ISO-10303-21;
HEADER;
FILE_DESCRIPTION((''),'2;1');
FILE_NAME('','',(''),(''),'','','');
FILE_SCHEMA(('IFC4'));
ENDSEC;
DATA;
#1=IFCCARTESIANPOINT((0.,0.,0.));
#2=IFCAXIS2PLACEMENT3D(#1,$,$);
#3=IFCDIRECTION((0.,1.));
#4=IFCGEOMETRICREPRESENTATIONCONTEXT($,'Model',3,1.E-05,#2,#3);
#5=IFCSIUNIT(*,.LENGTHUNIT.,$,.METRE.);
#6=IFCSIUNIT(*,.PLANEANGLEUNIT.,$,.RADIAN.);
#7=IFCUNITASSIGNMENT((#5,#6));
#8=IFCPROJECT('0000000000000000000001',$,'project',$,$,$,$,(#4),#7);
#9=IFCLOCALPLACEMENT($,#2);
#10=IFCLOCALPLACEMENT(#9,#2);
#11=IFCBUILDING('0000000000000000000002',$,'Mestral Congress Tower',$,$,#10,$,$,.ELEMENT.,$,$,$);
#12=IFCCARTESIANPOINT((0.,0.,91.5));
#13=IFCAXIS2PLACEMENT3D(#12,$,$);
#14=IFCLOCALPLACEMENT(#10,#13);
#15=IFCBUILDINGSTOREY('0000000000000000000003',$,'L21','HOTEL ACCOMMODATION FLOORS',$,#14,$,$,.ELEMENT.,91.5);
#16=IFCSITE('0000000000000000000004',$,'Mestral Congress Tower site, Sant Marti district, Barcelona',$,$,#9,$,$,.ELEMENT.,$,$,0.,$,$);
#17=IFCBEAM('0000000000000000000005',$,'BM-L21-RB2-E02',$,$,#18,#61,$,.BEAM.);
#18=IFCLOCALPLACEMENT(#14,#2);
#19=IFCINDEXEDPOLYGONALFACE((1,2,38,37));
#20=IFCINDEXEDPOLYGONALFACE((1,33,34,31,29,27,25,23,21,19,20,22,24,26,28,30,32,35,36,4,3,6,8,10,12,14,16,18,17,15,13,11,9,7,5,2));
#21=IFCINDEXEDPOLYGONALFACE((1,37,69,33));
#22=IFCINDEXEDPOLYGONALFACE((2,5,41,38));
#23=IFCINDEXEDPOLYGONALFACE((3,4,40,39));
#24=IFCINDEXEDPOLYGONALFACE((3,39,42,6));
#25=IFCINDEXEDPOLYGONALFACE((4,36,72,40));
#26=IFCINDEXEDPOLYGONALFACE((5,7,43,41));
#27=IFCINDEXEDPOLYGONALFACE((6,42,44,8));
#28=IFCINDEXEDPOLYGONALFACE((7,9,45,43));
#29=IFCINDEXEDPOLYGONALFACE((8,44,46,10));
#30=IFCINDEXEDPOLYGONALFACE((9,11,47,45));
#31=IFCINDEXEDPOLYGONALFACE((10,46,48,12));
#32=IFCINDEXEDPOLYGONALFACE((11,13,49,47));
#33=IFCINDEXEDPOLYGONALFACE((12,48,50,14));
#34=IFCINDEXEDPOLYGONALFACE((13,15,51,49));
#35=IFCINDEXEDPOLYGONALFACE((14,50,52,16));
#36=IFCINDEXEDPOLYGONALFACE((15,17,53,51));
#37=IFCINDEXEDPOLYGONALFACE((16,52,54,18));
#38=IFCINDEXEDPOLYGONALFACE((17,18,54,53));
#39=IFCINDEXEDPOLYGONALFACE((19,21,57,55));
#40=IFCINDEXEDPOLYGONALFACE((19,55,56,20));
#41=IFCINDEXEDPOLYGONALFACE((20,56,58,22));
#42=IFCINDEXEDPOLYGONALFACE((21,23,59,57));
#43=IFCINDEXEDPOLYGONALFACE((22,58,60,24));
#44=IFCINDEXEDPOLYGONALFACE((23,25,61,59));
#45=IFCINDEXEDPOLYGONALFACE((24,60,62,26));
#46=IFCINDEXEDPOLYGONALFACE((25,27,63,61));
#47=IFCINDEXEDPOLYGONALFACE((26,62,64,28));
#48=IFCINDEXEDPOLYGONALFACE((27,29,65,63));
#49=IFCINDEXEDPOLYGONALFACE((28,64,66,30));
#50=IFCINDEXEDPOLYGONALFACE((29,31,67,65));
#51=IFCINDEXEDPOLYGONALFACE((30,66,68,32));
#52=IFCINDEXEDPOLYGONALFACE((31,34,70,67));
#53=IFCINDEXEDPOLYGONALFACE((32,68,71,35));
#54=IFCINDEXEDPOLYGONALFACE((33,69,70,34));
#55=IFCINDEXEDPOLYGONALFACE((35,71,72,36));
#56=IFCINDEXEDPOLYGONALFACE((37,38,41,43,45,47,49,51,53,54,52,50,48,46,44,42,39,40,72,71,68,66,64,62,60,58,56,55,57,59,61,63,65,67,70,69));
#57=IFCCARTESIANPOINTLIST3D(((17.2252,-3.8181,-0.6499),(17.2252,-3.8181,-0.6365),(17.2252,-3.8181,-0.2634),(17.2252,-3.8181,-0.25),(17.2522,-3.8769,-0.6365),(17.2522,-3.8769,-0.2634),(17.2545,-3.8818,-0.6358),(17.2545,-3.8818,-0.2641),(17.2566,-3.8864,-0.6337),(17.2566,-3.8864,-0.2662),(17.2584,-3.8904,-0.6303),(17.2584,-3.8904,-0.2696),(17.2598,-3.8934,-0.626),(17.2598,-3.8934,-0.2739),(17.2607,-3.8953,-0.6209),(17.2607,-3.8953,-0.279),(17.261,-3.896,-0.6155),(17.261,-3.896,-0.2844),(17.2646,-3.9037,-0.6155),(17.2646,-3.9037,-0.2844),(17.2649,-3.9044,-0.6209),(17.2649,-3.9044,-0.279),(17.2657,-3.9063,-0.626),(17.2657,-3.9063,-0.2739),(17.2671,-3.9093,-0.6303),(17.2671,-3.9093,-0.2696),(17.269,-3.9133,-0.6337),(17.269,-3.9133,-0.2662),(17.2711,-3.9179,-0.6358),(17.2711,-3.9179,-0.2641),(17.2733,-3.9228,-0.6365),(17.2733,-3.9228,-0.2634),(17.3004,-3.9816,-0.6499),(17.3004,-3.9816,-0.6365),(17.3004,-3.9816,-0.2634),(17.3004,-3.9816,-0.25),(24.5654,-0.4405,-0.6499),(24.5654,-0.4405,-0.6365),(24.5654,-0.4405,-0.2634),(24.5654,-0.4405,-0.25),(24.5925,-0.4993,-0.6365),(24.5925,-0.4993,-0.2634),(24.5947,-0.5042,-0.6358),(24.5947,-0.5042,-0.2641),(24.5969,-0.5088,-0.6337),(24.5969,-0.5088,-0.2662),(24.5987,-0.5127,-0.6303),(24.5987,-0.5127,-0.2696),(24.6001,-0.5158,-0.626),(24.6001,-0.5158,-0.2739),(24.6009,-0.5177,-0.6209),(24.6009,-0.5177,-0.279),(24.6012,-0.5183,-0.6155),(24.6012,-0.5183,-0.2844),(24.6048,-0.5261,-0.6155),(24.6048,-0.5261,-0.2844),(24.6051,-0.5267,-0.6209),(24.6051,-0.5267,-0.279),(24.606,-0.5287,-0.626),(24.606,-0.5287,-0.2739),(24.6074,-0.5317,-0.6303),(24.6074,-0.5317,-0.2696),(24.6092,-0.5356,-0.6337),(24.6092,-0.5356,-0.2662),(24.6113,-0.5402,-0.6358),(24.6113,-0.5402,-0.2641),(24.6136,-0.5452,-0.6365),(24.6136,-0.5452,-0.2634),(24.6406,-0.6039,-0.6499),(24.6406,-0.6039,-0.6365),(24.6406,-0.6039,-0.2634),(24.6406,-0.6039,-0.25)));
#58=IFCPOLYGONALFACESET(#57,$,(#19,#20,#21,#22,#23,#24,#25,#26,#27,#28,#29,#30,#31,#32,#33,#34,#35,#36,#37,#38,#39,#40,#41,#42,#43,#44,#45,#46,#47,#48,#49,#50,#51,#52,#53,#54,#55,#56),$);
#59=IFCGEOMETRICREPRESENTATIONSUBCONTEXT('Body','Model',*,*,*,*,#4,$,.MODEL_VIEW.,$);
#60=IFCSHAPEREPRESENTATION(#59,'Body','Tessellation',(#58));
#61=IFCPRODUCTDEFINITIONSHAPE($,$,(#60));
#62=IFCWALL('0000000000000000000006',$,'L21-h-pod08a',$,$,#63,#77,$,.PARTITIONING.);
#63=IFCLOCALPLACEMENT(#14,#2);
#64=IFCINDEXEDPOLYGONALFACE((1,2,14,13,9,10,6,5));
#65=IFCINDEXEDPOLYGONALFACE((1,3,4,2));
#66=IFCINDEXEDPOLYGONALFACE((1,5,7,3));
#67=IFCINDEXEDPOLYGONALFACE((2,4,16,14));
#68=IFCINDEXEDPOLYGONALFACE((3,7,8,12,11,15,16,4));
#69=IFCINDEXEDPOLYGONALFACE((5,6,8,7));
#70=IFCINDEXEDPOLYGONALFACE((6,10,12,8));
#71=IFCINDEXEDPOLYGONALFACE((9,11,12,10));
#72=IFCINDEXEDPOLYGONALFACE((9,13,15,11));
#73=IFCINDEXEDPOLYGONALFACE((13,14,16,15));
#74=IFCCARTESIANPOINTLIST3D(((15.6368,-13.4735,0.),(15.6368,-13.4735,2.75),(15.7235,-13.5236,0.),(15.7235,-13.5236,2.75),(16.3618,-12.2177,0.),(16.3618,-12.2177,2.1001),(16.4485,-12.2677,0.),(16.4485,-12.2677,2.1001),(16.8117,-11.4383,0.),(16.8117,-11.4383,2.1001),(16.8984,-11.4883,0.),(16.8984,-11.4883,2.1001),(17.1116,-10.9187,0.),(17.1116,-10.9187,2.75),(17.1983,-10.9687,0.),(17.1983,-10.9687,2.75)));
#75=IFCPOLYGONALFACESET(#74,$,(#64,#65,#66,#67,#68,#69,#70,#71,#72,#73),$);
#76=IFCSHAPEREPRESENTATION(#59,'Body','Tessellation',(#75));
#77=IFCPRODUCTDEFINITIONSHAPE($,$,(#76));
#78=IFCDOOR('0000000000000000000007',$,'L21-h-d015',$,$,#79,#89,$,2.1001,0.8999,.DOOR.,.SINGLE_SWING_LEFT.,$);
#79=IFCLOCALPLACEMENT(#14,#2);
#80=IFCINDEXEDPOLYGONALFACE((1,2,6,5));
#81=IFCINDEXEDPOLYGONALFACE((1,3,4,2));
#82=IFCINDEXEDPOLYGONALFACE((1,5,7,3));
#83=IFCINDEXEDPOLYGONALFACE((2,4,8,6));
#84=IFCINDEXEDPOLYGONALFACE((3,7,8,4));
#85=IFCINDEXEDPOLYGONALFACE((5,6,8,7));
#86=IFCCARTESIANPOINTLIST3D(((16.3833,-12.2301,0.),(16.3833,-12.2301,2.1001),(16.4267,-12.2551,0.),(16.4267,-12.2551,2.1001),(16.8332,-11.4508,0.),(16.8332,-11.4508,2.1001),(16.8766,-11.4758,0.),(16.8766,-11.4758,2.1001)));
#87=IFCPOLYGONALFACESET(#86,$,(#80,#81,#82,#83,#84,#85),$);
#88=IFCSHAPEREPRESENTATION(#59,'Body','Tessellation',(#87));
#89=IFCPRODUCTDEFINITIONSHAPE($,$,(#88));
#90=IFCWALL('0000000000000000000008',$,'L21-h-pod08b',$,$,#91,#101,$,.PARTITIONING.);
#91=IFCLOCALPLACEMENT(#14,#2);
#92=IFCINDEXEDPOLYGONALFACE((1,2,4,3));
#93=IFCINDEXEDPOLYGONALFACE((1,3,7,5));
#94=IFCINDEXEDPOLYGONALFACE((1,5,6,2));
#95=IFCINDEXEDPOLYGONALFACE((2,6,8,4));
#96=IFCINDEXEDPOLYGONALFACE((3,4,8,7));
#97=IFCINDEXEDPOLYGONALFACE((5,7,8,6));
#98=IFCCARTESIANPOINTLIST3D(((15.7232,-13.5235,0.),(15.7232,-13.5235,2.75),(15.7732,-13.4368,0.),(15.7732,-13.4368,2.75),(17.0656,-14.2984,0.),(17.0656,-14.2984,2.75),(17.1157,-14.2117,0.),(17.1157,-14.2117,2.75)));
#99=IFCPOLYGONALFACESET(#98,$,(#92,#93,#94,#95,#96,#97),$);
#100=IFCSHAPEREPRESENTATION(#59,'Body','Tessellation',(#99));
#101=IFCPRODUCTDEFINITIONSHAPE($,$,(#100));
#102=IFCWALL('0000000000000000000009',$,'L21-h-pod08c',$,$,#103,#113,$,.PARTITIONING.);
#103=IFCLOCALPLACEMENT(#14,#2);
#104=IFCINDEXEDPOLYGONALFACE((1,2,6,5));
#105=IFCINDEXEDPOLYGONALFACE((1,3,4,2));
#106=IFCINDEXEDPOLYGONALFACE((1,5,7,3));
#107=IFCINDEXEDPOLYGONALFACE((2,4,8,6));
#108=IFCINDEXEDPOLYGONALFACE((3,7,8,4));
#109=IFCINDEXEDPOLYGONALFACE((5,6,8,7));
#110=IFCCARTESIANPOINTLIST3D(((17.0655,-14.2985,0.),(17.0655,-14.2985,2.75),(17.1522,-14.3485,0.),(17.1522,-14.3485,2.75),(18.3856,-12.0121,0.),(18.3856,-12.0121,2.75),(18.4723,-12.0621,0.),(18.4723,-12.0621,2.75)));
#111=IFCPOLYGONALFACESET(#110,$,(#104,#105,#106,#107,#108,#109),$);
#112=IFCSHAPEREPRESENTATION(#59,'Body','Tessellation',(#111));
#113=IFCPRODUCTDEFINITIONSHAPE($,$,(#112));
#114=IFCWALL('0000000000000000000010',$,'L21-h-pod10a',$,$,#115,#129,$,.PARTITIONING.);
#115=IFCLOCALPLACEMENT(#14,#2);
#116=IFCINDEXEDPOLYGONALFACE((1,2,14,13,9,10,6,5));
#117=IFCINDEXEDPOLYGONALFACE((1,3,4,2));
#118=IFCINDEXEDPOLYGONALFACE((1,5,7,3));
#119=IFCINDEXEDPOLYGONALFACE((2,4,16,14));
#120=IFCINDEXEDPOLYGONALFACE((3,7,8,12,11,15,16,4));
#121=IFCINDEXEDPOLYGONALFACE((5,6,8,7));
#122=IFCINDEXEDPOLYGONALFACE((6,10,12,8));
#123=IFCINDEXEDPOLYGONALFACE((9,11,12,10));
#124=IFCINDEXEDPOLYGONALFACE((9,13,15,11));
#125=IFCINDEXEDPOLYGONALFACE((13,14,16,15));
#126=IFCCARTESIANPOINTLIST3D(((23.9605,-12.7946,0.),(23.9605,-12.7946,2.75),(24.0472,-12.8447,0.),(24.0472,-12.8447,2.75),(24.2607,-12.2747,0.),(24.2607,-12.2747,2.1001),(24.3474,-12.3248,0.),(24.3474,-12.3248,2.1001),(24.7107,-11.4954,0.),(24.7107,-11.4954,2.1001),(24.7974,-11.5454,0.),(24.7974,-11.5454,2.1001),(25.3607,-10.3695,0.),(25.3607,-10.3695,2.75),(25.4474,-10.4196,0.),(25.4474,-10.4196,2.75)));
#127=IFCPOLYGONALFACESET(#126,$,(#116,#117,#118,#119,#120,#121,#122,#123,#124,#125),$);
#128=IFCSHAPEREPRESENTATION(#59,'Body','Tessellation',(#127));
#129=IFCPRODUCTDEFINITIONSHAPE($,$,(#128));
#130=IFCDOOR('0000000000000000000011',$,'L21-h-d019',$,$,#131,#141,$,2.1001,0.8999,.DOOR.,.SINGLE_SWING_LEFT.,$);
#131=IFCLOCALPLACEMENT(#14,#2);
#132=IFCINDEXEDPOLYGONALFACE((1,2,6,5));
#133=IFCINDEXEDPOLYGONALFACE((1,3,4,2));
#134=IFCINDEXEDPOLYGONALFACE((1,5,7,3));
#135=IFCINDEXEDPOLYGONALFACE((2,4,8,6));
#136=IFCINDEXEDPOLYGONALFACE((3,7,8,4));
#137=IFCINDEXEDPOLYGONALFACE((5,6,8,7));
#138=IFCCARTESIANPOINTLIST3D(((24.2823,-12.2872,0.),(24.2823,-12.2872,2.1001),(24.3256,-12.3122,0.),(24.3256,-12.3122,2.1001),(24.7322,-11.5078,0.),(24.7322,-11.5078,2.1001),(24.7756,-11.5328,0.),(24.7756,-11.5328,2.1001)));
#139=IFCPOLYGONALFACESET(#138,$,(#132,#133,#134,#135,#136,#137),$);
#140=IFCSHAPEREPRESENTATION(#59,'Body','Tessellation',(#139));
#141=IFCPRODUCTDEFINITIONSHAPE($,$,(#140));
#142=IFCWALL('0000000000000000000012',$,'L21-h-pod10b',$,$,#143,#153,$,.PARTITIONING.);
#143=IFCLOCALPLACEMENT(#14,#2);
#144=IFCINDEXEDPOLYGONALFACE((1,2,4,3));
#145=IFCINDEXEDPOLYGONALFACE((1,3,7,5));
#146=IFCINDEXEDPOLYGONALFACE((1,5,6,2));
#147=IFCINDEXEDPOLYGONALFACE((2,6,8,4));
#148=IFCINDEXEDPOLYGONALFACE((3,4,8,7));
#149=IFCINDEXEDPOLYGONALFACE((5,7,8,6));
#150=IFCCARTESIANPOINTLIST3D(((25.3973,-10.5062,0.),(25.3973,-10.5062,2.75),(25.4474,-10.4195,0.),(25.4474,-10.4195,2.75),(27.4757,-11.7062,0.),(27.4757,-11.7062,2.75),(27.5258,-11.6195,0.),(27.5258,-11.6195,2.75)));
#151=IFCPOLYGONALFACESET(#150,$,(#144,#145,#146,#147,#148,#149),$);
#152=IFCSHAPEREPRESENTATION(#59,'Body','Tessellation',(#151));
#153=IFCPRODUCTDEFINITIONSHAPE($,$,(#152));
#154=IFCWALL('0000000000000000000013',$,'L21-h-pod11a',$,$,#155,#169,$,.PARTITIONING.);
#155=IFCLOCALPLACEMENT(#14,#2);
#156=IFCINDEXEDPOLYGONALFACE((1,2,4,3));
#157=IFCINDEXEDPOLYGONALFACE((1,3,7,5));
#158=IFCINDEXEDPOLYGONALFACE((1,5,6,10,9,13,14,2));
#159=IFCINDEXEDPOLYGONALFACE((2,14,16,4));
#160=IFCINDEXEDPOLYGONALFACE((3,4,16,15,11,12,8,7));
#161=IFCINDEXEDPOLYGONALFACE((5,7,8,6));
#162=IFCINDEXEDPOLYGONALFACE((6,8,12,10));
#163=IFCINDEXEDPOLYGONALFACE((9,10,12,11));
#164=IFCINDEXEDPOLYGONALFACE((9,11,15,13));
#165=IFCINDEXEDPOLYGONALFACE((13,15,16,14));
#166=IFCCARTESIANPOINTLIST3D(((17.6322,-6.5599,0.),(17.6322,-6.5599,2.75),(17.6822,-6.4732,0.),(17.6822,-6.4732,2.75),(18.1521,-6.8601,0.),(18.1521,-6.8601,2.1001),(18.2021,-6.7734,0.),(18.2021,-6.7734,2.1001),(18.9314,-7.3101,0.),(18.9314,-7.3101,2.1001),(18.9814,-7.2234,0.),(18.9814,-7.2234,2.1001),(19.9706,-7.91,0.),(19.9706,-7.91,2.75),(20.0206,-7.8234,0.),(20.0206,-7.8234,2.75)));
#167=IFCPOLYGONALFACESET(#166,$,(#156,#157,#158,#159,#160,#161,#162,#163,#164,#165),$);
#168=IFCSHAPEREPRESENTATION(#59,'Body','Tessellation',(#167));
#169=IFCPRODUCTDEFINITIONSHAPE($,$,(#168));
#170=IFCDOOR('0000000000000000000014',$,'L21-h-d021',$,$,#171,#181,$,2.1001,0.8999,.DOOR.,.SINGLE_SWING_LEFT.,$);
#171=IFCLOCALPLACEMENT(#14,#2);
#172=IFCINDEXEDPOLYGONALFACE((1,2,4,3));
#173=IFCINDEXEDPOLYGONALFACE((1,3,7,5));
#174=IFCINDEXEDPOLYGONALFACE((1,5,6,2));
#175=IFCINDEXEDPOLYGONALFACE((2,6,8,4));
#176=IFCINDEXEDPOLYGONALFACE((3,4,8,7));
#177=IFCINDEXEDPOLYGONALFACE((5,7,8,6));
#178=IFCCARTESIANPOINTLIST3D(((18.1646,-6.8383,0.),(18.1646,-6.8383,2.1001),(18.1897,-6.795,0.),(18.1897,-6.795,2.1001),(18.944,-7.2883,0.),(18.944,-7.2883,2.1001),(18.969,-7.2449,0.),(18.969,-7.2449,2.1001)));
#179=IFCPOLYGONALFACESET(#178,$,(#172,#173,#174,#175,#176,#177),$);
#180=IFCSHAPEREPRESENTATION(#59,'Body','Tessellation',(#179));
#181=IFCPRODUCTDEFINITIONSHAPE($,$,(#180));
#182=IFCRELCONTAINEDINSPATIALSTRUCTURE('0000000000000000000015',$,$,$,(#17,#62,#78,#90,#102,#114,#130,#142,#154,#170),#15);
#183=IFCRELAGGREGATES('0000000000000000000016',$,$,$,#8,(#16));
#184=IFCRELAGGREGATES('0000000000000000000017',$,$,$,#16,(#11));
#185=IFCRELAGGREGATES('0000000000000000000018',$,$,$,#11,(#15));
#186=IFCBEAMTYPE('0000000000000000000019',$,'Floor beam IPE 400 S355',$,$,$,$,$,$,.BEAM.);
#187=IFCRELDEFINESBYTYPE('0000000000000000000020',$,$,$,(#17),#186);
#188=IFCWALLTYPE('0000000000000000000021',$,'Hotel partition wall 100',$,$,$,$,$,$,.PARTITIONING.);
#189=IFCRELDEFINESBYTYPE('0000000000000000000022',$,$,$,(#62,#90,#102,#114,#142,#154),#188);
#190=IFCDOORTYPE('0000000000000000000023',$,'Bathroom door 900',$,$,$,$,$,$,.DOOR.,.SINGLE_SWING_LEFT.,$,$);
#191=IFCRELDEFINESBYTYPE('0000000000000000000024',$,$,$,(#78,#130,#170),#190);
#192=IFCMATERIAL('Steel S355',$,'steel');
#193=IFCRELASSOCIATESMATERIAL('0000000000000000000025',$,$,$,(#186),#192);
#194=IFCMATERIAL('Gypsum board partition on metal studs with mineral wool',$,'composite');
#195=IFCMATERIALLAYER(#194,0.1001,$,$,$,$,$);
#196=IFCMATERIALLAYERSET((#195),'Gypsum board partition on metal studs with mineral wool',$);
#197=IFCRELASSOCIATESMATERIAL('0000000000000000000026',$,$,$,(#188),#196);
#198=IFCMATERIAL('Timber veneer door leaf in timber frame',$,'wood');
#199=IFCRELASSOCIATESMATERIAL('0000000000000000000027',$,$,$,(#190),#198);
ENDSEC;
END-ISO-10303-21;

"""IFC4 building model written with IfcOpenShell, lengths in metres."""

from ifc_helpers import new_model, si_unit, direction, frame, frame_2d, origin, origin_2d, place, context, subcontext, project, spatial, rectangle, i_section, extrude, material, layer, layer_set, material_profile, profile_set, type_object, element, fill, save


model = new_model("IFC4")

# Units and contexts
model_context = context("Model", 3, precision=1e-05, world=origin(), true_north=direction((0.0, 1.0)))
body_context = subcontext(model_context, "Body", "Model", "MODEL_VIEW")
ifc_project = project(units=[si_unit("LENGTHUNIT", "METRE"), si_unit("PLANEANGLEUNIT", "RADIAN")], contexts=[model_context])

# Site, building, storey
site_placement = place(None, origin())
site = spatial("IfcSite", under=ifc_project, at=site_placement, Name="Mestral Congress Tower site, Sant Marti district, Barcelona", CompositionType="ELEMENT", RefElevation=0.0)
building_placement = place(site_placement, origin())
building = spatial("IfcBuilding", under=site, at=building_placement, Name="Mestral Congress Tower", CompositionType="ELEMENT")
storey_placement = place(building_placement, frame((0.0, 0.0, 91.5)))
storey = spatial("IfcBuildingStorey", under=building, at=storey_placement, Name="L21", Description="HOTEL ACCOMMODATION FLOORS", CompositionType="ELEMENT", Elevation=91.5)

# Beam
ifc_material_1 = material(Name="Steel S355", Category="steel")
ifc_material_profile = material_profile(ifc_material_1, i_section(OverallWidth=0.1799, OverallDepth=0.3999, WebThickness=0.0085, FlangeThickness=0.0134, FilletRadius=0.021, at=origin_2d()), Name="IPE 400")
ifc_profile_set = profile_set([ifc_material_profile], Name="Steel S355")
beam_type = type_object("IfcBeamType", Name="Floor beam IPE 400 S355", PredefinedType="BEAM", material=ifc_profile_set)
beam_placement = place(storey_placement, frame((24.603, -0.5222, -0.45), z_axis=(-0.908437, -0.418021, 0.0), x_axis=(0.418021, -0.908437, 0.0)))
element("IfcBeam", 1, at=beam_placement, inside=storey, type_object=beam_type, Name="BM-L21-RB2-E02", PredefinedType="BEAM", context=body_context, shape_type="SweptSolid", body=[
    extrude(i_section(OverallWidth=0.1799, OverallDepth=0.3999, WebThickness=0.0085, FlangeThickness=0.0134, FilletRadius=0.021, at=origin_2d()), origin(), (0.0, 0.0, 1.0), 8.0801),
])

# Wall, opening, door
ifc_material_2 = material(Name="Gypsum board partition on metal studs with mineral wool", Category="composite")
ifc_layer_1 = layer(ifc_material_2, 0.1001)
ifc_layer_set_1 = layer_set([ifc_layer_1], Name="Gypsum board partition on metal studs with mineral wool")
wall_type_1 = type_object("IfcWallType", Name="Hotel partition wall 100", PredefinedType="PARTITIONING", material=ifc_layer_set_1)
wall_1_placement = place(storey_placement, frame((17.155, -10.9436, 0.0), z_axis=(0.0, 0.0, 1.0), x_axis=(-0.49994, -0.86606, 0.0)))
wall_1 = element("IfcWall", 2, at=wall_1_placement, inside=storey, type_object=wall_type_1, Name="L21-h-pod08a", PredefinedType="PARTITIONING", context=body_context, shape_type="SweptSolid", body=[
    extrude(rectangle(XDim=2.95, YDim=0.1001, at=frame_2d((1.4751, 0.0))), origin(), (0.0, 0.0, 1.0), 2.75),
])
opening_1_placement = place(wall_1_placement, frame((0.6001, 0.0, 0.0)))
opening_1 = element("IfcOpeningElement", 3, at=opening_1_placement, cuts=wall_1, PredefinedType="OPENING", context=body_context, shape_type="SweptSolid", body=[
    extrude(rectangle(XDim=0.8999, YDim=2.1001, at=frame_2d((0.45, 1.05))), frame((0.0, 0.0601, 0.0), z_axis=(0.0, -1.0, 0.0), x_axis=(1.0, 0.0, 0.0)), (0.0, 0.0, 1.0), 0.1201),
])
ifc_material_3 = material(Name="Timber veneer door leaf in timber frame", Category="wood")
door_type_1 = type_object("IfcDoorType", Name="Bathroom door 900", OperationType="SINGLE_SWING_LEFT", PredefinedType="DOOR", material=ifc_material_3)
door_1_placement = place(opening_1_placement, origin())
door_1 = element("IfcDoor", 4, at=door_1_placement, inside=storey, type_object=door_type_1, Name="L21-h-d015", OperationType="SINGLE_SWING_LEFT", OverallHeight=2.1001, OverallWidth=0.8999, PredefinedType="DOOR", context=body_context, shape_type="SweptSolid", body=[
    extrude(rectangle(XDim=0.8999, YDim=2.1001, at=frame_2d((0.45, 1.05))), frame((0.0, 0.0249, 0.0), z_axis=(0.0, -1.0, 0.0), x_axis=(1.0, 0.0, 0.0)), (0.0, 0.0, 1.0), 0.05),
])
fill(opening_1, door_1)

# Walls
wall_2_placement = place(storey_placement, frame((15.7483, -13.4802, 0.0), z_axis=(0.0, 0.0, 1.0), x_axis=(0.866083, -0.4999, 0.0)))
element("IfcWall", 5, at=wall_2_placement, inside=storey, type_object=wall_type_1, Name="L21-h-pod08b", PredefinedType="PARTITIONING", context=body_context, shape_type="SweptSolid", body=[
    extrude(rectangle(XDim=1.55, YDim=0.1001, at=frame_2d((0.7749, 0.0))), origin(), (0.0, 0.0, 1.0), 2.75),
])
wall_3_placement = place(storey_placement, frame((18.429, -12.0371, 0.0), z_axis=(0.0, 0.0, 1.0), x_axis=(-0.500008, -0.866021, 0.0)))
element("IfcWall", 6, at=wall_3_placement, inside=storey, type_object=wall_type_1, Name="L21-h-pod08c", PredefinedType="PARTITIONING", context=body_context, shape_type="SweptSolid", body=[
    extrude(rectangle(XDim=2.6401, YDim=0.1001, at=frame_2d((1.3201, 0.0))), origin(), (0.0, 0.0, 1.0), 2.75),
])

# Wall, opening, door
wall_4_placement = place(storey_placement, frame((25.4041, -10.3945, 0.0), z_axis=(0.0, 0.0, 1.0), x_axis=(-0.500012, -0.866019, 0.0)))
wall_4 = element("IfcWall", 7, at=wall_4_placement, inside=storey, type_object=wall_type_1, Name="L21-h-pod10a", PredefinedType="PARTITIONING", context=body_context, shape_type="SweptSolid", body=[
    extrude(rectangle(XDim=2.8003, YDim=0.1001, at=frame_2d((1.4001, 0.0))), origin(), (0.0, 0.0, 1.0), 2.75),
])
opening_2_placement = place(wall_4_placement, frame((1.3, 0.0, 0.0)))
opening_2 = element("IfcOpeningElement", 8, at=opening_2_placement, cuts=wall_4, PredefinedType="OPENING", context=body_context, shape_type="SweptSolid", body=[
    extrude(rectangle(XDim=0.8999, YDim=2.1001, at=frame_2d((0.45, 1.05))), frame((0.0, 0.0601, 0.0), z_axis=(0.0, -1.0, 0.0), x_axis=(1.0, 0.0, 0.0)), (0.0, 0.0, 1.0), 0.1201),
])
door_2_placement = place(opening_2_placement, origin())
door_2 = element("IfcDoor", 9, at=door_2_placement, inside=storey, type_object=door_type_1, Name="L21-h-d019", OperationType="SINGLE_SWING_LEFT", OverallHeight=2.1001, OverallWidth=0.8999, PredefinedType="DOOR", context=body_context, shape_type="SweptSolid", body=[
    extrude(rectangle(XDim=0.8999, YDim=2.1001, at=frame_2d((0.45, 1.05))), frame((0.0, 0.0249, 0.0), z_axis=(0.0, -1.0, 0.0), x_axis=(1.0, 0.0, 0.0)), (0.0, 0.0, 1.0), 0.05),
])
fill(opening_2, door_2)

# Wall
wall_5_placement = place(storey_placement, frame((25.4224, -10.4629, 0.0), z_axis=(0.0, 0.0, 1.0), x_axis=(0.866025, -0.500001, 0.0)))
element("IfcWall", 10, at=wall_5_placement, inside=storey, type_object=wall_type_1, Name="L21-h-pod10b", PredefinedType="PARTITIONING", context=body_context, shape_type="SweptSolid", body=[
    extrude(rectangle(XDim=2.3999, YDim=0.1001, at=frame_2d((1.2, 0.0))), origin(), (0.0, 0.0, 1.0), 2.75),
])

# Wall, opening, door
wall_6_placement = place(storey_placement, frame((19.9956, -7.8667, 0.0), z_axis=(0.0, 0.0, 1.0), x_axis=(-0.86602, 0.500009, 0.0)))
wall_6 = element("IfcWall", 11, at=wall_6_placement, inside=storey, type_object=wall_type_1, Name="L21-h-pod11a", PredefinedType="PARTITIONING", context=body_context, shape_type="SweptSolid", body=[
    extrude(rectangle(XDim=2.7002, YDim=0.1001, at=frame_2d((1.3501, 0.0))), origin(), (0.0, 0.0, 1.0), 2.75),
])
opening_3_placement = place(wall_6_placement, frame((1.2, 0.0, 0.0)))
opening_3 = element("IfcOpeningElement", 12, at=opening_3_placement, cuts=wall_6, PredefinedType="OPENING", context=body_context, shape_type="SweptSolid", body=[
    extrude(rectangle(XDim=0.8999, YDim=2.1001, at=frame_2d((0.45, 1.05))), frame((0.0, 0.0601, 0.0), z_axis=(0.0, -1.0, 0.0), x_axis=(1.0, 0.0, 0.0)), (0.0, 0.0, 1.0), 0.1201),
])
door_3_placement = place(opening_3_placement, origin())
door_3 = element("IfcDoor", 13, at=door_3_placement, inside=storey, type_object=door_type_1, Name="L21-h-d021", OperationType="SINGLE_SWING_LEFT", OverallHeight=2.1001, OverallWidth=0.8999, PredefinedType="DOOR", context=body_context, shape_type="SweptSolid", body=[
    extrude(rectangle(XDim=0.8999, YDim=2.1001, at=frame_2d((0.45, 1.05))), frame((0.0, 0.0249, 0.0), z_axis=(0.0, -1.0, 0.0), x_axis=(1.0, 0.0, 0.0)), (0.0, 0.0, 1.0), 0.05),
])
fill(opening_3, door_3)

save(model, "model.ifc")
